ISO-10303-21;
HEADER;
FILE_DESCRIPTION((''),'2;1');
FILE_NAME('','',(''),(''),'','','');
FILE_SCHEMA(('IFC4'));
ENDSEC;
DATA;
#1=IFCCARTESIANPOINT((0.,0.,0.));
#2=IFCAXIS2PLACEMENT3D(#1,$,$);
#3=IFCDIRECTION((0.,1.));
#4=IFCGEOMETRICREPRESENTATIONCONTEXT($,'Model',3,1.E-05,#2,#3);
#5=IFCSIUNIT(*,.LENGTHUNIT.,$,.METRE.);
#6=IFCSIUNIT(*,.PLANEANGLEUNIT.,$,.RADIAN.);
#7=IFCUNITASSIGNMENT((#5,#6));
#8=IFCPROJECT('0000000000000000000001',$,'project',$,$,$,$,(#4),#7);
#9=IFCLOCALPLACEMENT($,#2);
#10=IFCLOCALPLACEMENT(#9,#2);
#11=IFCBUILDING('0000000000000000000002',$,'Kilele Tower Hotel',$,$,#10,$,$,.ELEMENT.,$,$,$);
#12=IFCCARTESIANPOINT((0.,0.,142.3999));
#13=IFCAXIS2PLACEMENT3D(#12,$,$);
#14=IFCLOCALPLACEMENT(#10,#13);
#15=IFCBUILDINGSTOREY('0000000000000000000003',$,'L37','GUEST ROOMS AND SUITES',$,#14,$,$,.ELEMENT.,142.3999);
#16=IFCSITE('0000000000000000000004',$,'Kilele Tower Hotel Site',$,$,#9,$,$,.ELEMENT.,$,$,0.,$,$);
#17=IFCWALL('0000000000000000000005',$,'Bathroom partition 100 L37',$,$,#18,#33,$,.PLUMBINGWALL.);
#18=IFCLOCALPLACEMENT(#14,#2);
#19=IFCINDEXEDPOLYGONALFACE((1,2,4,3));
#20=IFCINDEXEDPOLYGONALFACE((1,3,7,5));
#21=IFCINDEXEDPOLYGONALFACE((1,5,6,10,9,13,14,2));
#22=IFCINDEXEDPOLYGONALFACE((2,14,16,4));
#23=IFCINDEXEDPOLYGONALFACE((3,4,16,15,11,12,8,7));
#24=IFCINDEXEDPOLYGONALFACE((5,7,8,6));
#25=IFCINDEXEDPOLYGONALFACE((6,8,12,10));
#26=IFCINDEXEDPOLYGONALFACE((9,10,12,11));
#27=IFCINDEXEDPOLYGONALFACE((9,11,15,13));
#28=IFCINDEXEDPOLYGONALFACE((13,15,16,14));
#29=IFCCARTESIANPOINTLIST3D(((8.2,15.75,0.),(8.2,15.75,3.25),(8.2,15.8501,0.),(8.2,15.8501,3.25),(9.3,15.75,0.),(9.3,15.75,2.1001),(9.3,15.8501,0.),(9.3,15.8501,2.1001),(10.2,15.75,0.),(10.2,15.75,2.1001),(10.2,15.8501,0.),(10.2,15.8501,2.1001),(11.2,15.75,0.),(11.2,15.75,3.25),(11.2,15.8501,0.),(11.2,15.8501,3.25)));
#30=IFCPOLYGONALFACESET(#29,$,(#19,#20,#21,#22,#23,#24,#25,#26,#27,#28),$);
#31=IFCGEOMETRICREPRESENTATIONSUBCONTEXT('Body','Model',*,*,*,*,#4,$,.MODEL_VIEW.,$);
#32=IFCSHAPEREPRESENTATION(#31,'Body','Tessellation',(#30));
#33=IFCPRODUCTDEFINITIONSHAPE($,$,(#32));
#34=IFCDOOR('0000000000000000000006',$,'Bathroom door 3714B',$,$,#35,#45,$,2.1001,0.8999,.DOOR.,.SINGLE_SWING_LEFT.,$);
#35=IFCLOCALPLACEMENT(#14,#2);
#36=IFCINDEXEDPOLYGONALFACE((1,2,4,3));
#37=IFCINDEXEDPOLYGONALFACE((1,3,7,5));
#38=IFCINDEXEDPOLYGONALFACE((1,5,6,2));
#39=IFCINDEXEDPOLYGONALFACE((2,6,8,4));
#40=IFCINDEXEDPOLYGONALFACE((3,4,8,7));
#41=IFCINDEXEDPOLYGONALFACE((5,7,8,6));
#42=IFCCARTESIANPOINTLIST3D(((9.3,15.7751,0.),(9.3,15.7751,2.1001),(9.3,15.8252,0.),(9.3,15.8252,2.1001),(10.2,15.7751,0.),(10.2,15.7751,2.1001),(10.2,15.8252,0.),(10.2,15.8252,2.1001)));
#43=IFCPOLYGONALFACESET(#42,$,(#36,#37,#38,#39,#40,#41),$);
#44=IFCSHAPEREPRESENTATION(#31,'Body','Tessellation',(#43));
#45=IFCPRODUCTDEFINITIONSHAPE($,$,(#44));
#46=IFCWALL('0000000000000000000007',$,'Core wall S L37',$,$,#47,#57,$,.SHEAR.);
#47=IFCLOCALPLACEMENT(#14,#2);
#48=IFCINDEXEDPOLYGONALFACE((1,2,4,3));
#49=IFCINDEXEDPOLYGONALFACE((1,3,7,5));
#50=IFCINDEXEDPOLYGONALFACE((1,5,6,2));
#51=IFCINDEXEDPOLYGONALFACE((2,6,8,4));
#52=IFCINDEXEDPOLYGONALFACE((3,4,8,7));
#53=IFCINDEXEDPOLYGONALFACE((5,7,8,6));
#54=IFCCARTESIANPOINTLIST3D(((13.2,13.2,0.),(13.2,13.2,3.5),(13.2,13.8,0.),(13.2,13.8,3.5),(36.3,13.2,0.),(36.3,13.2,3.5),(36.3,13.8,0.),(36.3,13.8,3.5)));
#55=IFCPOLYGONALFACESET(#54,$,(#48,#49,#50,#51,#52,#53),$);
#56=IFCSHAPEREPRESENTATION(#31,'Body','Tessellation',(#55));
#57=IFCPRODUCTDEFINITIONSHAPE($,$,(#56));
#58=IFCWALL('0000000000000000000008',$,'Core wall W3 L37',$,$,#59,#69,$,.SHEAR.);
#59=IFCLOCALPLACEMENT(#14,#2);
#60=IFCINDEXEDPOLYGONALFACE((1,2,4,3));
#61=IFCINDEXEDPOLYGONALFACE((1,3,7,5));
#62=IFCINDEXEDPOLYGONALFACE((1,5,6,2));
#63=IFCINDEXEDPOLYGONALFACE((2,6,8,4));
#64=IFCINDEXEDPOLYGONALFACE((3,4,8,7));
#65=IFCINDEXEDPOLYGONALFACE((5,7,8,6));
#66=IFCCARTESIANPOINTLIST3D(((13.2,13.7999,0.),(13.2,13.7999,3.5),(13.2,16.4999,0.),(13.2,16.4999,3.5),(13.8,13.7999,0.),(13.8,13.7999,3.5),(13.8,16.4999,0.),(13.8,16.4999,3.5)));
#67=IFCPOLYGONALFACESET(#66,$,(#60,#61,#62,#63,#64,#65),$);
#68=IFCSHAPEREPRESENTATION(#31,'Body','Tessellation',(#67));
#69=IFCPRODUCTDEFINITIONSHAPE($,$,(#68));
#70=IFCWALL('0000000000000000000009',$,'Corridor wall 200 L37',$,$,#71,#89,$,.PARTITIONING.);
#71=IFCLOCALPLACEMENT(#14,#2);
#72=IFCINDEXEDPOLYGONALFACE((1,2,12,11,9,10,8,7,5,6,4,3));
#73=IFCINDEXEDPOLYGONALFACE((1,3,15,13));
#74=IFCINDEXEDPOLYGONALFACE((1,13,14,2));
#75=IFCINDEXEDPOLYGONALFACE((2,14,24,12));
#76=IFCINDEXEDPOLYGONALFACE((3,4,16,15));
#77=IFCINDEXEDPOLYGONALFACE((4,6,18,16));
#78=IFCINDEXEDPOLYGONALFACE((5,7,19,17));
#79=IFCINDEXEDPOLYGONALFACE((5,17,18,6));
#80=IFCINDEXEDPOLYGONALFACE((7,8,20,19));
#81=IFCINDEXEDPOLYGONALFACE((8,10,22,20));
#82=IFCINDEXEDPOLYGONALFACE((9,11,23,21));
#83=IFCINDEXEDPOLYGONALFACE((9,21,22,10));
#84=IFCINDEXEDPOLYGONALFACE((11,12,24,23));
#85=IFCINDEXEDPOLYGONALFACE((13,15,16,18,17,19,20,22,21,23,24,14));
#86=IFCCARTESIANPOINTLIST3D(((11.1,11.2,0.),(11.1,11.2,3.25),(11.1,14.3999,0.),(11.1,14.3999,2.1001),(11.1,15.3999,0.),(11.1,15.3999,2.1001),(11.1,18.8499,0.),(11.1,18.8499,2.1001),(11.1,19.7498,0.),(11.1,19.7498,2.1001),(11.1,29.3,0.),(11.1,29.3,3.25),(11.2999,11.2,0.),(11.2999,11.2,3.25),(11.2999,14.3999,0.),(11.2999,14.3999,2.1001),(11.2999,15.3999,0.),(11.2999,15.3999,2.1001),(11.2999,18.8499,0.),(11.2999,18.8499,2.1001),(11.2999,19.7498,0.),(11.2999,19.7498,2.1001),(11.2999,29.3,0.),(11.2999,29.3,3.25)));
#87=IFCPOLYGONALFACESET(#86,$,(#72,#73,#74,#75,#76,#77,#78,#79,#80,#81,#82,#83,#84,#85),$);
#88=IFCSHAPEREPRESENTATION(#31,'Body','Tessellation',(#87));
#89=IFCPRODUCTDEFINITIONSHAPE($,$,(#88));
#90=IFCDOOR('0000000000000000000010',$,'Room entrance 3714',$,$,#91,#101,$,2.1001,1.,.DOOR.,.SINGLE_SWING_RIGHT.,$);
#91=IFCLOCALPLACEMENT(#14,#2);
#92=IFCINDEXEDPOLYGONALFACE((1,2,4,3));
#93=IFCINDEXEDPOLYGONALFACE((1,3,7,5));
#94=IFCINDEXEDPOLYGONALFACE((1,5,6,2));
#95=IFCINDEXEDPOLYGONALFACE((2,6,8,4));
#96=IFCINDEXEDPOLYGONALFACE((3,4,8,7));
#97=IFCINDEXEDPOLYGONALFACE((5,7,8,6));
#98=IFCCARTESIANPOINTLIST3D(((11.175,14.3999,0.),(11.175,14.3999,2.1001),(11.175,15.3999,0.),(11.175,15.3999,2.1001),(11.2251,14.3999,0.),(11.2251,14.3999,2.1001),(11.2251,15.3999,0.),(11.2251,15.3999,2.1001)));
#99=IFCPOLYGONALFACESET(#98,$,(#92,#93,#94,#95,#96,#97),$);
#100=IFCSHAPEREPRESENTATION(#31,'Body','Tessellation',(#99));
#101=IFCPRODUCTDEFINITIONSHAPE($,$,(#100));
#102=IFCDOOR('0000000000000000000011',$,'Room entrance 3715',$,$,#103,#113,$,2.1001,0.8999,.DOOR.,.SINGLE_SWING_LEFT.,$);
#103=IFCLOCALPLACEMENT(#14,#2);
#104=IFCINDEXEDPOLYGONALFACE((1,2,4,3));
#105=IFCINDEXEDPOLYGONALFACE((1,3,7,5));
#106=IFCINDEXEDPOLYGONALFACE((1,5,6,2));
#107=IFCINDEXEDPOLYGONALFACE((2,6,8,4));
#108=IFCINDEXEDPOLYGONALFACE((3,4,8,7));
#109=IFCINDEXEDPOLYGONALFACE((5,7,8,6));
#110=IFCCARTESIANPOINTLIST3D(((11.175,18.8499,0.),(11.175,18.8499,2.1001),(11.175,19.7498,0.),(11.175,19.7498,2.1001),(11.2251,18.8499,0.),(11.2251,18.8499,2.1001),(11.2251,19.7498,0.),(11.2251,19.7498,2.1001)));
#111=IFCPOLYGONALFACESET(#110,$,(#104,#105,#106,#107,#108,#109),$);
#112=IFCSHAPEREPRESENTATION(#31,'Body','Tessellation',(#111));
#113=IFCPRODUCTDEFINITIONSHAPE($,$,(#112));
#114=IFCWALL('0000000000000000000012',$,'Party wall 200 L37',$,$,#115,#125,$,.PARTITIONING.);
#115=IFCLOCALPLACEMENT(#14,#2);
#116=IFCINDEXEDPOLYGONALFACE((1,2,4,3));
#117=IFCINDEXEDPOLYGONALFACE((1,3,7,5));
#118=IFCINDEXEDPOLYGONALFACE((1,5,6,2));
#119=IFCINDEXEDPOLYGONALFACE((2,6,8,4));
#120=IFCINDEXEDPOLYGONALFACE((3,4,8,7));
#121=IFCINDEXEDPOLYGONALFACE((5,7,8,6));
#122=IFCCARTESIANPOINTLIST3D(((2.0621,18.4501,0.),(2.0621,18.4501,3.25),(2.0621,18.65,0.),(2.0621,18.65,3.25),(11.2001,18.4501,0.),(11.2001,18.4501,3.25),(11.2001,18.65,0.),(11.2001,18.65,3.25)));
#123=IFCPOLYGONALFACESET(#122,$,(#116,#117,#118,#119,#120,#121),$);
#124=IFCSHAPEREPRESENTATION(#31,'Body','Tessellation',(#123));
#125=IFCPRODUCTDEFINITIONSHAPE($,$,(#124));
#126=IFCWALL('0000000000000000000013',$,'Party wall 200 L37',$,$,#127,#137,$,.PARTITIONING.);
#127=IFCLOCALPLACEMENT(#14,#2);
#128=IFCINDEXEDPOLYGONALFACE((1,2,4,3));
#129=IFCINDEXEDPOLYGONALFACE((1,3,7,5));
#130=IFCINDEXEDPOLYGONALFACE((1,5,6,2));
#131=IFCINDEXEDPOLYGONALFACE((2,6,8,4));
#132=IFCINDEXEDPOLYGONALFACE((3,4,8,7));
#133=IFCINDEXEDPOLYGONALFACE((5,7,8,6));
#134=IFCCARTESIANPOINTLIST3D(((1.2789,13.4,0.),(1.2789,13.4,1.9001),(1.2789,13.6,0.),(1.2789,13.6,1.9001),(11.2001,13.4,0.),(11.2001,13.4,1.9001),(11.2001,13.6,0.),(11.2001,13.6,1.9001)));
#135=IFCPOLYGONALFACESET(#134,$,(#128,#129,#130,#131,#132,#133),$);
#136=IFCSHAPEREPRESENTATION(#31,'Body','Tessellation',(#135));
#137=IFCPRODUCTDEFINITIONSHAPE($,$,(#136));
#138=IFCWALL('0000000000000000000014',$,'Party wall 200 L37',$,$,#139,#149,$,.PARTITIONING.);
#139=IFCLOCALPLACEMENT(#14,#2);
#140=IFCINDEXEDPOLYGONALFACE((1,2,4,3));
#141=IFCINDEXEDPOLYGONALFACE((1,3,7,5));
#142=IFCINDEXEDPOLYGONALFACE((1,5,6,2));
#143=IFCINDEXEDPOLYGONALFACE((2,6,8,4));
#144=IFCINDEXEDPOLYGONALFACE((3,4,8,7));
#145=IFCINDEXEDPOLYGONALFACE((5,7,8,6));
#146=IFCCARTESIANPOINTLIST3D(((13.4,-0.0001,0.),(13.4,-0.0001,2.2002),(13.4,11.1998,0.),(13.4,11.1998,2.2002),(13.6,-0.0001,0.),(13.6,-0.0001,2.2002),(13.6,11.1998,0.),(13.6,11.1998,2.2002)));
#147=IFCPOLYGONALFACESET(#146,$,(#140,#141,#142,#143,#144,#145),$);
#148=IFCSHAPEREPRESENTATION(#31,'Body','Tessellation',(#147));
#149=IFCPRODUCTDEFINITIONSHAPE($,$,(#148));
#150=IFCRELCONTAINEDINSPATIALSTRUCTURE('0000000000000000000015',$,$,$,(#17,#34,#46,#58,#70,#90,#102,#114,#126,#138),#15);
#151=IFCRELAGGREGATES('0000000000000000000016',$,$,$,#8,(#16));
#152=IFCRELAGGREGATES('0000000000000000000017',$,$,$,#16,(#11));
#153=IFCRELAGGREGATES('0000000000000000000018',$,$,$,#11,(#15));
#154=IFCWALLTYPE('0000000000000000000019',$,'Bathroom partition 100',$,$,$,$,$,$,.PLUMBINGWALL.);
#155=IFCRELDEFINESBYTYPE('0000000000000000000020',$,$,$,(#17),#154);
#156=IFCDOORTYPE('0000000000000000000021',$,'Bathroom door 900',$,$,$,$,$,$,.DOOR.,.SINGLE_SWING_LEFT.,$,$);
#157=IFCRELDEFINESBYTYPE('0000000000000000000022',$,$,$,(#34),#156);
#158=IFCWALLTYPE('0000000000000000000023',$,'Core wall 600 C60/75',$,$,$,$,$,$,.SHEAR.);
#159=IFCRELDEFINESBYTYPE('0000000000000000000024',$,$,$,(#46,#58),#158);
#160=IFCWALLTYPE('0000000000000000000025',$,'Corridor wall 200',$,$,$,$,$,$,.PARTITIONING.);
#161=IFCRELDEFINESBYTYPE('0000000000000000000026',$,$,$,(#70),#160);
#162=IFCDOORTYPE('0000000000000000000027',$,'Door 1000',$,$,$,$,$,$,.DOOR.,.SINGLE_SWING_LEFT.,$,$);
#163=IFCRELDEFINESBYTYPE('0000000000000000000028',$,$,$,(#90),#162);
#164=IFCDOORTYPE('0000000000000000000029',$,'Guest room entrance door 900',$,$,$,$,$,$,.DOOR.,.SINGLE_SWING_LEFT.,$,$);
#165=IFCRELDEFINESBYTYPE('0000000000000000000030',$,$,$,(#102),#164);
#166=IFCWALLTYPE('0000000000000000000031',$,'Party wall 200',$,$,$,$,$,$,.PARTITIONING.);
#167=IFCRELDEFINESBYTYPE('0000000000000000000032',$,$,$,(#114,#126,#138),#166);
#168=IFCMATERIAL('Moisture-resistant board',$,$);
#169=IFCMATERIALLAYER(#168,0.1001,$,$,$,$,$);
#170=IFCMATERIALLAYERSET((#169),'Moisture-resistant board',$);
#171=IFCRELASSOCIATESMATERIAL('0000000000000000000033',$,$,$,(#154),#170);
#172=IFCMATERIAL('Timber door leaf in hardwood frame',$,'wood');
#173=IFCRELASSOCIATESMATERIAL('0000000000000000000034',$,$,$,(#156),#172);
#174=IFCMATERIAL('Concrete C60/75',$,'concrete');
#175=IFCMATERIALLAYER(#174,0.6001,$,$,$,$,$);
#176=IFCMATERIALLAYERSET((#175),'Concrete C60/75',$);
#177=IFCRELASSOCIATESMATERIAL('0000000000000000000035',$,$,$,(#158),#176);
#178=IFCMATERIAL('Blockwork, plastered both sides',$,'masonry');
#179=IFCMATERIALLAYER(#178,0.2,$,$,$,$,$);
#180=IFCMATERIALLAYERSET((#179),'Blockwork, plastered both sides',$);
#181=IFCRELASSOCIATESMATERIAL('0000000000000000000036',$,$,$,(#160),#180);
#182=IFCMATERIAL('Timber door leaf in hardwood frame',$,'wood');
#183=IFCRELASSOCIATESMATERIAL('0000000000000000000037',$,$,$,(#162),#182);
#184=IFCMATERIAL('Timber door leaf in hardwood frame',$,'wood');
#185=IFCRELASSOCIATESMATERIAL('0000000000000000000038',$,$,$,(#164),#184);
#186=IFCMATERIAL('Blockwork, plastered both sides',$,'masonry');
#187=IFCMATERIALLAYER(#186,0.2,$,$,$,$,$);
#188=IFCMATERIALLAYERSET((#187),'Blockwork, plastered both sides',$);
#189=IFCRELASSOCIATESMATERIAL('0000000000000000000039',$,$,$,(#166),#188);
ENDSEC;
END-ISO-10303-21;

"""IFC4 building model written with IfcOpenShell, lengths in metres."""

from ifc_helpers import new_model, si_unit, direction, frame, frame_2d, origin, place, context, subcontext, project, spatial, rectangle, extrude, material, layer, layer_set, type_object, element, fill, save


model = new_model("IFC4")

# Units and contexts
model_context = context("Model", 3, precision=1e-05, world=origin(), true_north=direction((0.0, 1.0)))
body_context = subcontext(model_context, "Body", "Model", "MODEL_VIEW")
ifc_project = project(units=[si_unit("LENGTHUNIT", "METRE"), si_unit("PLANEANGLEUNIT", "RADIAN")], contexts=[model_context])

# Site, building, storey
site_placement = place(None, origin())
site = spatial("IfcSite", under=ifc_project, at=site_placement, Name="Kilele Tower Hotel Site", CompositionType="ELEMENT", RefElevation=0.0)
building_placement = place(site_placement, origin())
building = spatial("IfcBuilding", under=site, at=building_placement, Name="Kilele Tower Hotel", CompositionType="ELEMENT")
storey_placement = place(building_placement, frame((0.0, 0.0, 142.3999)))
storey = spatial("IfcBuildingStorey", under=building, at=storey_placement, Name="L37", Description="GUEST ROOMS AND SUITES", CompositionType="ELEMENT", Elevation=142.3999)

# Wall, opening, door
ifc_material_1 = material(Name="Moisture-resistant board")
ifc_layer_1 = layer(ifc_material_1, 0.1001)
ifc_layer_set_1 = layer_set([ifc_layer_1], Name="Moisture-resistant board")
wall_type_1 = type_object("IfcWallType", Name="Bathroom partition 100", PredefinedType="PLUMBINGWALL", material=ifc_layer_set_1)
wall_1_placement = place(storey_placement, frame((11.2, 15.8, 0.0), z_axis=(0.0, 0.0, 1.0), x_axis=(-1.0, 0.0, 0.0)))
wall_1 = element("IfcWall", 1, at=wall_1_placement, inside=storey, type_object=wall_type_1, Name="Bathroom partition 100 L37", PredefinedType="PLUMBINGWALL", context=body_context, shape_type="SweptSolid", body=[
    extrude(rectangle(XDim=3.0, YDim=0.1001, at=frame_2d((1.5, 0.0))), origin(), (0.0, 0.0, 1.0), 3.25),
])
opening_1_placement = place(wall_1_placement, frame((1.0, 0.0, 0.0)))
opening_1 = element("IfcOpeningElement", 2, at=opening_1_placement, cuts=wall_1, PredefinedType="OPENING", context=body_context, shape_type="SweptSolid", body=[
    extrude(rectangle(XDim=0.8999, YDim=2.1001, at=frame_2d((0.45, 1.05))), frame((0.0, 0.0601, 0.0), z_axis=(0.0, -1.0, 0.0), x_axis=(1.0, 0.0, 0.0)), (0.0, 0.0, 1.0), 0.1201),
])
ifc_material_2 = material(Name="Timber door leaf in hardwood frame", Category="wood")
door_type_1 = type_object("IfcDoorType", Name="Bathroom door 900", OperationType="SINGLE_SWING_LEFT", PredefinedType="DOOR", material=ifc_material_2)
door_1_placement = place(opening_1_placement, origin())
door_1 = element("IfcDoor", 3, at=door_1_placement, inside=storey, type_object=door_type_1, Name="Bathroom door 3714B", OperationType="SINGLE_SWING_LEFT", OverallHeight=2.1001, OverallWidth=0.8999, PredefinedType="DOOR", context=body_context, shape_type="SweptSolid", body=[
    extrude(rectangle(XDim=0.8999, YDim=2.1001, at=frame_2d((0.45, 1.05))), frame((0.0, 0.0249, 0.0), z_axis=(0.0, -1.0, 0.0), x_axis=(1.0, 0.0, 0.0)), (0.0, 0.0, 1.0), 0.05),
])
fill(opening_1, door_1)

# Walls
ifc_material_3 = material(Name="Concrete C60/75", Category="concrete")
ifc_layer_2 = layer(ifc_material_3, 0.6001)
ifc_layer_set_2 = layer_set([ifc_layer_2], Name="Concrete C60/75")
wall_type_2 = type_object("IfcWallType", Name="Core wall 600 C60/75", PredefinedType="SHEAR", material=ifc_layer_set_2)
wall_2_placement = place(storey_placement, frame((13.2, 13.5, 0.0), z_axis=(0.0, 0.0, 1.0), x_axis=(1.0, 0.0, 0.0)))
element("IfcWall", 4, at=wall_2_placement, inside=storey, type_object=wall_type_2, Name="Core wall S L37", PredefinedType="SHEAR", context=body_context, shape_type="SweptSolid", body=[
    extrude(rectangle(XDim=23.1001, YDim=0.6001, at=frame_2d((11.55, 0.0))), origin(), (0.0, 0.0, 1.0), 3.5),
])
wall_3_placement = place(storey_placement, frame((13.5, 16.5, 0.0), z_axis=(0.0, 0.0, 1.0), x_axis=(0.0, -1.0, 0.0)))
element("IfcWall", 5, at=wall_3_placement, inside=storey, type_object=wall_type_2, Name="Core wall W3 L37", PredefinedType="SHEAR", context=body_context, shape_type="SweptSolid", body=[
    extrude(rectangle(XDim=2.7, YDim=0.6001, at=frame_2d((1.3501, 0.0))), origin(), (0.0, 0.0, 1.0), 3.5),
])

# Wall, openings, doors
ifc_material_4 = material(Name="Blockwork, plastered both sides", Category="masonry")
ifc_layer_3 = layer(ifc_material_4, 0.2)
ifc_layer_set_3 = layer_set([ifc_layer_3], Name="Blockwork, plastered both sides")
wall_type_3 = type_object("IfcWallType", Name="Corridor wall 200", PredefinedType="PARTITIONING", material=ifc_layer_set_3)
wall_4_placement = place(storey_placement, frame((11.2, 11.2, 0.0), z_axis=(0.0, 0.0, 1.0), x_axis=(0.0, 1.0, 0.0)))
wall_4 = element("IfcWall", 6, at=wall_4_placement, inside=storey, type_object=wall_type_3, Name="Corridor wall 200 L37", PredefinedType="PARTITIONING", context=body_context, shape_type="SweptSolid", body=[
    extrude(rectangle(XDim=18.1001, YDim=0.2, at=frame_2d((9.05, 0.0))), origin(), (0.0, 0.0, 1.0), 3.25),
])
opening_2_placement = place(wall_4_placement, frame((3.2, 0.0, 0.0)))
opening_2 = element("IfcOpeningElement", 7, at=opening_2_placement, cuts=wall_4, PredefinedType="OPENING", context=body_context, shape_type="SweptSolid", body=[
    extrude(rectangle(XDim=1.0, YDim=2.1001, at=frame_2d((0.5, 1.05))), frame((0.0, 0.1099, 0.0), z_axis=(0.0, -1.0, 0.0), x_axis=(1.0, 0.0, 0.0)), (0.0, 0.0, 1.0), 0.22),
])
opening_3_placement = place(wall_4_placement, frame((7.6499, 0.0, 0.0)))
opening_3 = element("IfcOpeningElement", 8, at=opening_3_placement, cuts=wall_4, PredefinedType="OPENING", context=body_context, shape_type="SweptSolid", body=[
    extrude(rectangle(XDim=0.8999, YDim=2.1001, at=frame_2d((0.45, 1.05))), frame((0.0, 0.1099, 0.0), z_axis=(0.0, -1.0, 0.0), x_axis=(1.0, 0.0, 0.0)), (0.0, 0.0, 1.0), 0.22),
])
ifc_material_5 = material(Name="Timber door leaf in hardwood frame", Category="wood")
door_type_2 = type_object("IfcDoorType", Name="Door 1000", OperationType="SINGLE_SWING_LEFT", PredefinedType="DOOR", material=ifc_material_5)
door_2_placement = place(opening_2_placement, origin())
door_2 = element("IfcDoor", 9, at=door_2_placement, inside=storey, type_object=door_type_2, Name="Room entrance 3714", OperationType="SINGLE_SWING_RIGHT", OverallHeight=2.1001, OverallWidth=1.0, PredefinedType="DOOR", context=body_context, shape_type="SweptSolid", body=[
    extrude(rectangle(XDim=1.0, YDim=2.1001, at=frame_2d((0.5, 1.05))), frame((0.0, 0.0249, 0.0), z_axis=(0.0, -1.0, 0.0), x_axis=(1.0, 0.0, 0.0)), (0.0, 0.0, 1.0), 0.05),
])
fill(opening_2, door_2)
ifc_material_6 = material(Name="Timber door leaf in hardwood frame", Category="wood")
door_type_3 = type_object("IfcDoorType", Name="Guest room entrance door 900", OperationType="SINGLE_SWING_LEFT", PredefinedType="DOOR", material=ifc_material_6)
door_3_placement = place(opening_3_placement, origin())
door_3 = element("IfcDoor", 10, at=door_3_placement, inside=storey, type_object=door_type_3, Name="Room entrance 3715", OperationType="SINGLE_SWING_LEFT", OverallHeight=2.1001, OverallWidth=0.8999, PredefinedType="DOOR", context=body_context, shape_type="SweptSolid", body=[
    extrude(rectangle(XDim=0.8999, YDim=2.1001, at=frame_2d((0.45, 1.05))), frame((0.0, 0.0249, 0.0), z_axis=(0.0, -1.0, 0.0), x_axis=(1.0, 0.0, 0.0)), (0.0, 0.0, 1.0), 0.05),
])
fill(opening_3, door_3)

# Walls
ifc_material_7 = material(Name="Blockwork, plastered both sides", Category="masonry")
ifc_layer_4 = layer(ifc_material_7, 0.2)
ifc_layer_set_4 = layer_set([ifc_layer_4], Name="Blockwork, plastered both sides")
wall_type_4 = type_object("IfcWallType", Name="Party wall 200", PredefinedType="PARTITIONING", material=ifc_layer_set_4)
wall_5_placement = place(storey_placement, frame((11.2, 18.55, 0.0), z_axis=(0.0, 0.0, 1.0), x_axis=(-1.0, 0.0, 0.0)))
element("IfcWall", 11, at=wall_5_placement, inside=storey, type_object=wall_type_4, Name="Party wall 200 L37", PredefinedType="PARTITIONING", context=body_context, shape_type="SweptSolid", body=[
    extrude(rectangle(XDim=9.1379, YDim=0.2, at=frame_2d((4.5688, 0.0))), origin(), (0.0, 0.0, 1.0), 3.25),
])
wall_6_placement = place(storey_placement, frame((11.2, 13.5, 0.0), z_axis=(0.0, 0.0, 1.0), x_axis=(-1.0, 0.0, 0.0)))
element("IfcWall", 12, at=wall_6_placement, inside=storey, type_object=wall_type_4, Name="Party wall 200 L37", PredefinedType="PARTITIONING", context=body_context, shape_type="SweptSolid", body=[
    extrude(rectangle(XDim=9.9211, YDim=0.2, at=frame_2d((4.9604, 0.0))), origin(), (0.0, 0.0, 1.0), 1.9001),
])
wall_7_placement = place(storey_placement, frame((13.5, 11.2, 0.0), z_axis=(0.0, 0.0, 1.0), x_axis=(0.0, -1.0, 0.0)))
element("IfcWall", 13, at=wall_7_placement, inside=storey, type_object=wall_type_4, Name="Party wall 200 L37", PredefinedType="PARTITIONING", context=body_context, shape_type="SweptSolid", body=[
    extrude(rectangle(XDim=11.2, YDim=0.2, at=frame_2d((5.6001, 0.0))), origin(), (0.0, 0.0, 1.0), 2.2002),
])

save(model, "model.ifc")
